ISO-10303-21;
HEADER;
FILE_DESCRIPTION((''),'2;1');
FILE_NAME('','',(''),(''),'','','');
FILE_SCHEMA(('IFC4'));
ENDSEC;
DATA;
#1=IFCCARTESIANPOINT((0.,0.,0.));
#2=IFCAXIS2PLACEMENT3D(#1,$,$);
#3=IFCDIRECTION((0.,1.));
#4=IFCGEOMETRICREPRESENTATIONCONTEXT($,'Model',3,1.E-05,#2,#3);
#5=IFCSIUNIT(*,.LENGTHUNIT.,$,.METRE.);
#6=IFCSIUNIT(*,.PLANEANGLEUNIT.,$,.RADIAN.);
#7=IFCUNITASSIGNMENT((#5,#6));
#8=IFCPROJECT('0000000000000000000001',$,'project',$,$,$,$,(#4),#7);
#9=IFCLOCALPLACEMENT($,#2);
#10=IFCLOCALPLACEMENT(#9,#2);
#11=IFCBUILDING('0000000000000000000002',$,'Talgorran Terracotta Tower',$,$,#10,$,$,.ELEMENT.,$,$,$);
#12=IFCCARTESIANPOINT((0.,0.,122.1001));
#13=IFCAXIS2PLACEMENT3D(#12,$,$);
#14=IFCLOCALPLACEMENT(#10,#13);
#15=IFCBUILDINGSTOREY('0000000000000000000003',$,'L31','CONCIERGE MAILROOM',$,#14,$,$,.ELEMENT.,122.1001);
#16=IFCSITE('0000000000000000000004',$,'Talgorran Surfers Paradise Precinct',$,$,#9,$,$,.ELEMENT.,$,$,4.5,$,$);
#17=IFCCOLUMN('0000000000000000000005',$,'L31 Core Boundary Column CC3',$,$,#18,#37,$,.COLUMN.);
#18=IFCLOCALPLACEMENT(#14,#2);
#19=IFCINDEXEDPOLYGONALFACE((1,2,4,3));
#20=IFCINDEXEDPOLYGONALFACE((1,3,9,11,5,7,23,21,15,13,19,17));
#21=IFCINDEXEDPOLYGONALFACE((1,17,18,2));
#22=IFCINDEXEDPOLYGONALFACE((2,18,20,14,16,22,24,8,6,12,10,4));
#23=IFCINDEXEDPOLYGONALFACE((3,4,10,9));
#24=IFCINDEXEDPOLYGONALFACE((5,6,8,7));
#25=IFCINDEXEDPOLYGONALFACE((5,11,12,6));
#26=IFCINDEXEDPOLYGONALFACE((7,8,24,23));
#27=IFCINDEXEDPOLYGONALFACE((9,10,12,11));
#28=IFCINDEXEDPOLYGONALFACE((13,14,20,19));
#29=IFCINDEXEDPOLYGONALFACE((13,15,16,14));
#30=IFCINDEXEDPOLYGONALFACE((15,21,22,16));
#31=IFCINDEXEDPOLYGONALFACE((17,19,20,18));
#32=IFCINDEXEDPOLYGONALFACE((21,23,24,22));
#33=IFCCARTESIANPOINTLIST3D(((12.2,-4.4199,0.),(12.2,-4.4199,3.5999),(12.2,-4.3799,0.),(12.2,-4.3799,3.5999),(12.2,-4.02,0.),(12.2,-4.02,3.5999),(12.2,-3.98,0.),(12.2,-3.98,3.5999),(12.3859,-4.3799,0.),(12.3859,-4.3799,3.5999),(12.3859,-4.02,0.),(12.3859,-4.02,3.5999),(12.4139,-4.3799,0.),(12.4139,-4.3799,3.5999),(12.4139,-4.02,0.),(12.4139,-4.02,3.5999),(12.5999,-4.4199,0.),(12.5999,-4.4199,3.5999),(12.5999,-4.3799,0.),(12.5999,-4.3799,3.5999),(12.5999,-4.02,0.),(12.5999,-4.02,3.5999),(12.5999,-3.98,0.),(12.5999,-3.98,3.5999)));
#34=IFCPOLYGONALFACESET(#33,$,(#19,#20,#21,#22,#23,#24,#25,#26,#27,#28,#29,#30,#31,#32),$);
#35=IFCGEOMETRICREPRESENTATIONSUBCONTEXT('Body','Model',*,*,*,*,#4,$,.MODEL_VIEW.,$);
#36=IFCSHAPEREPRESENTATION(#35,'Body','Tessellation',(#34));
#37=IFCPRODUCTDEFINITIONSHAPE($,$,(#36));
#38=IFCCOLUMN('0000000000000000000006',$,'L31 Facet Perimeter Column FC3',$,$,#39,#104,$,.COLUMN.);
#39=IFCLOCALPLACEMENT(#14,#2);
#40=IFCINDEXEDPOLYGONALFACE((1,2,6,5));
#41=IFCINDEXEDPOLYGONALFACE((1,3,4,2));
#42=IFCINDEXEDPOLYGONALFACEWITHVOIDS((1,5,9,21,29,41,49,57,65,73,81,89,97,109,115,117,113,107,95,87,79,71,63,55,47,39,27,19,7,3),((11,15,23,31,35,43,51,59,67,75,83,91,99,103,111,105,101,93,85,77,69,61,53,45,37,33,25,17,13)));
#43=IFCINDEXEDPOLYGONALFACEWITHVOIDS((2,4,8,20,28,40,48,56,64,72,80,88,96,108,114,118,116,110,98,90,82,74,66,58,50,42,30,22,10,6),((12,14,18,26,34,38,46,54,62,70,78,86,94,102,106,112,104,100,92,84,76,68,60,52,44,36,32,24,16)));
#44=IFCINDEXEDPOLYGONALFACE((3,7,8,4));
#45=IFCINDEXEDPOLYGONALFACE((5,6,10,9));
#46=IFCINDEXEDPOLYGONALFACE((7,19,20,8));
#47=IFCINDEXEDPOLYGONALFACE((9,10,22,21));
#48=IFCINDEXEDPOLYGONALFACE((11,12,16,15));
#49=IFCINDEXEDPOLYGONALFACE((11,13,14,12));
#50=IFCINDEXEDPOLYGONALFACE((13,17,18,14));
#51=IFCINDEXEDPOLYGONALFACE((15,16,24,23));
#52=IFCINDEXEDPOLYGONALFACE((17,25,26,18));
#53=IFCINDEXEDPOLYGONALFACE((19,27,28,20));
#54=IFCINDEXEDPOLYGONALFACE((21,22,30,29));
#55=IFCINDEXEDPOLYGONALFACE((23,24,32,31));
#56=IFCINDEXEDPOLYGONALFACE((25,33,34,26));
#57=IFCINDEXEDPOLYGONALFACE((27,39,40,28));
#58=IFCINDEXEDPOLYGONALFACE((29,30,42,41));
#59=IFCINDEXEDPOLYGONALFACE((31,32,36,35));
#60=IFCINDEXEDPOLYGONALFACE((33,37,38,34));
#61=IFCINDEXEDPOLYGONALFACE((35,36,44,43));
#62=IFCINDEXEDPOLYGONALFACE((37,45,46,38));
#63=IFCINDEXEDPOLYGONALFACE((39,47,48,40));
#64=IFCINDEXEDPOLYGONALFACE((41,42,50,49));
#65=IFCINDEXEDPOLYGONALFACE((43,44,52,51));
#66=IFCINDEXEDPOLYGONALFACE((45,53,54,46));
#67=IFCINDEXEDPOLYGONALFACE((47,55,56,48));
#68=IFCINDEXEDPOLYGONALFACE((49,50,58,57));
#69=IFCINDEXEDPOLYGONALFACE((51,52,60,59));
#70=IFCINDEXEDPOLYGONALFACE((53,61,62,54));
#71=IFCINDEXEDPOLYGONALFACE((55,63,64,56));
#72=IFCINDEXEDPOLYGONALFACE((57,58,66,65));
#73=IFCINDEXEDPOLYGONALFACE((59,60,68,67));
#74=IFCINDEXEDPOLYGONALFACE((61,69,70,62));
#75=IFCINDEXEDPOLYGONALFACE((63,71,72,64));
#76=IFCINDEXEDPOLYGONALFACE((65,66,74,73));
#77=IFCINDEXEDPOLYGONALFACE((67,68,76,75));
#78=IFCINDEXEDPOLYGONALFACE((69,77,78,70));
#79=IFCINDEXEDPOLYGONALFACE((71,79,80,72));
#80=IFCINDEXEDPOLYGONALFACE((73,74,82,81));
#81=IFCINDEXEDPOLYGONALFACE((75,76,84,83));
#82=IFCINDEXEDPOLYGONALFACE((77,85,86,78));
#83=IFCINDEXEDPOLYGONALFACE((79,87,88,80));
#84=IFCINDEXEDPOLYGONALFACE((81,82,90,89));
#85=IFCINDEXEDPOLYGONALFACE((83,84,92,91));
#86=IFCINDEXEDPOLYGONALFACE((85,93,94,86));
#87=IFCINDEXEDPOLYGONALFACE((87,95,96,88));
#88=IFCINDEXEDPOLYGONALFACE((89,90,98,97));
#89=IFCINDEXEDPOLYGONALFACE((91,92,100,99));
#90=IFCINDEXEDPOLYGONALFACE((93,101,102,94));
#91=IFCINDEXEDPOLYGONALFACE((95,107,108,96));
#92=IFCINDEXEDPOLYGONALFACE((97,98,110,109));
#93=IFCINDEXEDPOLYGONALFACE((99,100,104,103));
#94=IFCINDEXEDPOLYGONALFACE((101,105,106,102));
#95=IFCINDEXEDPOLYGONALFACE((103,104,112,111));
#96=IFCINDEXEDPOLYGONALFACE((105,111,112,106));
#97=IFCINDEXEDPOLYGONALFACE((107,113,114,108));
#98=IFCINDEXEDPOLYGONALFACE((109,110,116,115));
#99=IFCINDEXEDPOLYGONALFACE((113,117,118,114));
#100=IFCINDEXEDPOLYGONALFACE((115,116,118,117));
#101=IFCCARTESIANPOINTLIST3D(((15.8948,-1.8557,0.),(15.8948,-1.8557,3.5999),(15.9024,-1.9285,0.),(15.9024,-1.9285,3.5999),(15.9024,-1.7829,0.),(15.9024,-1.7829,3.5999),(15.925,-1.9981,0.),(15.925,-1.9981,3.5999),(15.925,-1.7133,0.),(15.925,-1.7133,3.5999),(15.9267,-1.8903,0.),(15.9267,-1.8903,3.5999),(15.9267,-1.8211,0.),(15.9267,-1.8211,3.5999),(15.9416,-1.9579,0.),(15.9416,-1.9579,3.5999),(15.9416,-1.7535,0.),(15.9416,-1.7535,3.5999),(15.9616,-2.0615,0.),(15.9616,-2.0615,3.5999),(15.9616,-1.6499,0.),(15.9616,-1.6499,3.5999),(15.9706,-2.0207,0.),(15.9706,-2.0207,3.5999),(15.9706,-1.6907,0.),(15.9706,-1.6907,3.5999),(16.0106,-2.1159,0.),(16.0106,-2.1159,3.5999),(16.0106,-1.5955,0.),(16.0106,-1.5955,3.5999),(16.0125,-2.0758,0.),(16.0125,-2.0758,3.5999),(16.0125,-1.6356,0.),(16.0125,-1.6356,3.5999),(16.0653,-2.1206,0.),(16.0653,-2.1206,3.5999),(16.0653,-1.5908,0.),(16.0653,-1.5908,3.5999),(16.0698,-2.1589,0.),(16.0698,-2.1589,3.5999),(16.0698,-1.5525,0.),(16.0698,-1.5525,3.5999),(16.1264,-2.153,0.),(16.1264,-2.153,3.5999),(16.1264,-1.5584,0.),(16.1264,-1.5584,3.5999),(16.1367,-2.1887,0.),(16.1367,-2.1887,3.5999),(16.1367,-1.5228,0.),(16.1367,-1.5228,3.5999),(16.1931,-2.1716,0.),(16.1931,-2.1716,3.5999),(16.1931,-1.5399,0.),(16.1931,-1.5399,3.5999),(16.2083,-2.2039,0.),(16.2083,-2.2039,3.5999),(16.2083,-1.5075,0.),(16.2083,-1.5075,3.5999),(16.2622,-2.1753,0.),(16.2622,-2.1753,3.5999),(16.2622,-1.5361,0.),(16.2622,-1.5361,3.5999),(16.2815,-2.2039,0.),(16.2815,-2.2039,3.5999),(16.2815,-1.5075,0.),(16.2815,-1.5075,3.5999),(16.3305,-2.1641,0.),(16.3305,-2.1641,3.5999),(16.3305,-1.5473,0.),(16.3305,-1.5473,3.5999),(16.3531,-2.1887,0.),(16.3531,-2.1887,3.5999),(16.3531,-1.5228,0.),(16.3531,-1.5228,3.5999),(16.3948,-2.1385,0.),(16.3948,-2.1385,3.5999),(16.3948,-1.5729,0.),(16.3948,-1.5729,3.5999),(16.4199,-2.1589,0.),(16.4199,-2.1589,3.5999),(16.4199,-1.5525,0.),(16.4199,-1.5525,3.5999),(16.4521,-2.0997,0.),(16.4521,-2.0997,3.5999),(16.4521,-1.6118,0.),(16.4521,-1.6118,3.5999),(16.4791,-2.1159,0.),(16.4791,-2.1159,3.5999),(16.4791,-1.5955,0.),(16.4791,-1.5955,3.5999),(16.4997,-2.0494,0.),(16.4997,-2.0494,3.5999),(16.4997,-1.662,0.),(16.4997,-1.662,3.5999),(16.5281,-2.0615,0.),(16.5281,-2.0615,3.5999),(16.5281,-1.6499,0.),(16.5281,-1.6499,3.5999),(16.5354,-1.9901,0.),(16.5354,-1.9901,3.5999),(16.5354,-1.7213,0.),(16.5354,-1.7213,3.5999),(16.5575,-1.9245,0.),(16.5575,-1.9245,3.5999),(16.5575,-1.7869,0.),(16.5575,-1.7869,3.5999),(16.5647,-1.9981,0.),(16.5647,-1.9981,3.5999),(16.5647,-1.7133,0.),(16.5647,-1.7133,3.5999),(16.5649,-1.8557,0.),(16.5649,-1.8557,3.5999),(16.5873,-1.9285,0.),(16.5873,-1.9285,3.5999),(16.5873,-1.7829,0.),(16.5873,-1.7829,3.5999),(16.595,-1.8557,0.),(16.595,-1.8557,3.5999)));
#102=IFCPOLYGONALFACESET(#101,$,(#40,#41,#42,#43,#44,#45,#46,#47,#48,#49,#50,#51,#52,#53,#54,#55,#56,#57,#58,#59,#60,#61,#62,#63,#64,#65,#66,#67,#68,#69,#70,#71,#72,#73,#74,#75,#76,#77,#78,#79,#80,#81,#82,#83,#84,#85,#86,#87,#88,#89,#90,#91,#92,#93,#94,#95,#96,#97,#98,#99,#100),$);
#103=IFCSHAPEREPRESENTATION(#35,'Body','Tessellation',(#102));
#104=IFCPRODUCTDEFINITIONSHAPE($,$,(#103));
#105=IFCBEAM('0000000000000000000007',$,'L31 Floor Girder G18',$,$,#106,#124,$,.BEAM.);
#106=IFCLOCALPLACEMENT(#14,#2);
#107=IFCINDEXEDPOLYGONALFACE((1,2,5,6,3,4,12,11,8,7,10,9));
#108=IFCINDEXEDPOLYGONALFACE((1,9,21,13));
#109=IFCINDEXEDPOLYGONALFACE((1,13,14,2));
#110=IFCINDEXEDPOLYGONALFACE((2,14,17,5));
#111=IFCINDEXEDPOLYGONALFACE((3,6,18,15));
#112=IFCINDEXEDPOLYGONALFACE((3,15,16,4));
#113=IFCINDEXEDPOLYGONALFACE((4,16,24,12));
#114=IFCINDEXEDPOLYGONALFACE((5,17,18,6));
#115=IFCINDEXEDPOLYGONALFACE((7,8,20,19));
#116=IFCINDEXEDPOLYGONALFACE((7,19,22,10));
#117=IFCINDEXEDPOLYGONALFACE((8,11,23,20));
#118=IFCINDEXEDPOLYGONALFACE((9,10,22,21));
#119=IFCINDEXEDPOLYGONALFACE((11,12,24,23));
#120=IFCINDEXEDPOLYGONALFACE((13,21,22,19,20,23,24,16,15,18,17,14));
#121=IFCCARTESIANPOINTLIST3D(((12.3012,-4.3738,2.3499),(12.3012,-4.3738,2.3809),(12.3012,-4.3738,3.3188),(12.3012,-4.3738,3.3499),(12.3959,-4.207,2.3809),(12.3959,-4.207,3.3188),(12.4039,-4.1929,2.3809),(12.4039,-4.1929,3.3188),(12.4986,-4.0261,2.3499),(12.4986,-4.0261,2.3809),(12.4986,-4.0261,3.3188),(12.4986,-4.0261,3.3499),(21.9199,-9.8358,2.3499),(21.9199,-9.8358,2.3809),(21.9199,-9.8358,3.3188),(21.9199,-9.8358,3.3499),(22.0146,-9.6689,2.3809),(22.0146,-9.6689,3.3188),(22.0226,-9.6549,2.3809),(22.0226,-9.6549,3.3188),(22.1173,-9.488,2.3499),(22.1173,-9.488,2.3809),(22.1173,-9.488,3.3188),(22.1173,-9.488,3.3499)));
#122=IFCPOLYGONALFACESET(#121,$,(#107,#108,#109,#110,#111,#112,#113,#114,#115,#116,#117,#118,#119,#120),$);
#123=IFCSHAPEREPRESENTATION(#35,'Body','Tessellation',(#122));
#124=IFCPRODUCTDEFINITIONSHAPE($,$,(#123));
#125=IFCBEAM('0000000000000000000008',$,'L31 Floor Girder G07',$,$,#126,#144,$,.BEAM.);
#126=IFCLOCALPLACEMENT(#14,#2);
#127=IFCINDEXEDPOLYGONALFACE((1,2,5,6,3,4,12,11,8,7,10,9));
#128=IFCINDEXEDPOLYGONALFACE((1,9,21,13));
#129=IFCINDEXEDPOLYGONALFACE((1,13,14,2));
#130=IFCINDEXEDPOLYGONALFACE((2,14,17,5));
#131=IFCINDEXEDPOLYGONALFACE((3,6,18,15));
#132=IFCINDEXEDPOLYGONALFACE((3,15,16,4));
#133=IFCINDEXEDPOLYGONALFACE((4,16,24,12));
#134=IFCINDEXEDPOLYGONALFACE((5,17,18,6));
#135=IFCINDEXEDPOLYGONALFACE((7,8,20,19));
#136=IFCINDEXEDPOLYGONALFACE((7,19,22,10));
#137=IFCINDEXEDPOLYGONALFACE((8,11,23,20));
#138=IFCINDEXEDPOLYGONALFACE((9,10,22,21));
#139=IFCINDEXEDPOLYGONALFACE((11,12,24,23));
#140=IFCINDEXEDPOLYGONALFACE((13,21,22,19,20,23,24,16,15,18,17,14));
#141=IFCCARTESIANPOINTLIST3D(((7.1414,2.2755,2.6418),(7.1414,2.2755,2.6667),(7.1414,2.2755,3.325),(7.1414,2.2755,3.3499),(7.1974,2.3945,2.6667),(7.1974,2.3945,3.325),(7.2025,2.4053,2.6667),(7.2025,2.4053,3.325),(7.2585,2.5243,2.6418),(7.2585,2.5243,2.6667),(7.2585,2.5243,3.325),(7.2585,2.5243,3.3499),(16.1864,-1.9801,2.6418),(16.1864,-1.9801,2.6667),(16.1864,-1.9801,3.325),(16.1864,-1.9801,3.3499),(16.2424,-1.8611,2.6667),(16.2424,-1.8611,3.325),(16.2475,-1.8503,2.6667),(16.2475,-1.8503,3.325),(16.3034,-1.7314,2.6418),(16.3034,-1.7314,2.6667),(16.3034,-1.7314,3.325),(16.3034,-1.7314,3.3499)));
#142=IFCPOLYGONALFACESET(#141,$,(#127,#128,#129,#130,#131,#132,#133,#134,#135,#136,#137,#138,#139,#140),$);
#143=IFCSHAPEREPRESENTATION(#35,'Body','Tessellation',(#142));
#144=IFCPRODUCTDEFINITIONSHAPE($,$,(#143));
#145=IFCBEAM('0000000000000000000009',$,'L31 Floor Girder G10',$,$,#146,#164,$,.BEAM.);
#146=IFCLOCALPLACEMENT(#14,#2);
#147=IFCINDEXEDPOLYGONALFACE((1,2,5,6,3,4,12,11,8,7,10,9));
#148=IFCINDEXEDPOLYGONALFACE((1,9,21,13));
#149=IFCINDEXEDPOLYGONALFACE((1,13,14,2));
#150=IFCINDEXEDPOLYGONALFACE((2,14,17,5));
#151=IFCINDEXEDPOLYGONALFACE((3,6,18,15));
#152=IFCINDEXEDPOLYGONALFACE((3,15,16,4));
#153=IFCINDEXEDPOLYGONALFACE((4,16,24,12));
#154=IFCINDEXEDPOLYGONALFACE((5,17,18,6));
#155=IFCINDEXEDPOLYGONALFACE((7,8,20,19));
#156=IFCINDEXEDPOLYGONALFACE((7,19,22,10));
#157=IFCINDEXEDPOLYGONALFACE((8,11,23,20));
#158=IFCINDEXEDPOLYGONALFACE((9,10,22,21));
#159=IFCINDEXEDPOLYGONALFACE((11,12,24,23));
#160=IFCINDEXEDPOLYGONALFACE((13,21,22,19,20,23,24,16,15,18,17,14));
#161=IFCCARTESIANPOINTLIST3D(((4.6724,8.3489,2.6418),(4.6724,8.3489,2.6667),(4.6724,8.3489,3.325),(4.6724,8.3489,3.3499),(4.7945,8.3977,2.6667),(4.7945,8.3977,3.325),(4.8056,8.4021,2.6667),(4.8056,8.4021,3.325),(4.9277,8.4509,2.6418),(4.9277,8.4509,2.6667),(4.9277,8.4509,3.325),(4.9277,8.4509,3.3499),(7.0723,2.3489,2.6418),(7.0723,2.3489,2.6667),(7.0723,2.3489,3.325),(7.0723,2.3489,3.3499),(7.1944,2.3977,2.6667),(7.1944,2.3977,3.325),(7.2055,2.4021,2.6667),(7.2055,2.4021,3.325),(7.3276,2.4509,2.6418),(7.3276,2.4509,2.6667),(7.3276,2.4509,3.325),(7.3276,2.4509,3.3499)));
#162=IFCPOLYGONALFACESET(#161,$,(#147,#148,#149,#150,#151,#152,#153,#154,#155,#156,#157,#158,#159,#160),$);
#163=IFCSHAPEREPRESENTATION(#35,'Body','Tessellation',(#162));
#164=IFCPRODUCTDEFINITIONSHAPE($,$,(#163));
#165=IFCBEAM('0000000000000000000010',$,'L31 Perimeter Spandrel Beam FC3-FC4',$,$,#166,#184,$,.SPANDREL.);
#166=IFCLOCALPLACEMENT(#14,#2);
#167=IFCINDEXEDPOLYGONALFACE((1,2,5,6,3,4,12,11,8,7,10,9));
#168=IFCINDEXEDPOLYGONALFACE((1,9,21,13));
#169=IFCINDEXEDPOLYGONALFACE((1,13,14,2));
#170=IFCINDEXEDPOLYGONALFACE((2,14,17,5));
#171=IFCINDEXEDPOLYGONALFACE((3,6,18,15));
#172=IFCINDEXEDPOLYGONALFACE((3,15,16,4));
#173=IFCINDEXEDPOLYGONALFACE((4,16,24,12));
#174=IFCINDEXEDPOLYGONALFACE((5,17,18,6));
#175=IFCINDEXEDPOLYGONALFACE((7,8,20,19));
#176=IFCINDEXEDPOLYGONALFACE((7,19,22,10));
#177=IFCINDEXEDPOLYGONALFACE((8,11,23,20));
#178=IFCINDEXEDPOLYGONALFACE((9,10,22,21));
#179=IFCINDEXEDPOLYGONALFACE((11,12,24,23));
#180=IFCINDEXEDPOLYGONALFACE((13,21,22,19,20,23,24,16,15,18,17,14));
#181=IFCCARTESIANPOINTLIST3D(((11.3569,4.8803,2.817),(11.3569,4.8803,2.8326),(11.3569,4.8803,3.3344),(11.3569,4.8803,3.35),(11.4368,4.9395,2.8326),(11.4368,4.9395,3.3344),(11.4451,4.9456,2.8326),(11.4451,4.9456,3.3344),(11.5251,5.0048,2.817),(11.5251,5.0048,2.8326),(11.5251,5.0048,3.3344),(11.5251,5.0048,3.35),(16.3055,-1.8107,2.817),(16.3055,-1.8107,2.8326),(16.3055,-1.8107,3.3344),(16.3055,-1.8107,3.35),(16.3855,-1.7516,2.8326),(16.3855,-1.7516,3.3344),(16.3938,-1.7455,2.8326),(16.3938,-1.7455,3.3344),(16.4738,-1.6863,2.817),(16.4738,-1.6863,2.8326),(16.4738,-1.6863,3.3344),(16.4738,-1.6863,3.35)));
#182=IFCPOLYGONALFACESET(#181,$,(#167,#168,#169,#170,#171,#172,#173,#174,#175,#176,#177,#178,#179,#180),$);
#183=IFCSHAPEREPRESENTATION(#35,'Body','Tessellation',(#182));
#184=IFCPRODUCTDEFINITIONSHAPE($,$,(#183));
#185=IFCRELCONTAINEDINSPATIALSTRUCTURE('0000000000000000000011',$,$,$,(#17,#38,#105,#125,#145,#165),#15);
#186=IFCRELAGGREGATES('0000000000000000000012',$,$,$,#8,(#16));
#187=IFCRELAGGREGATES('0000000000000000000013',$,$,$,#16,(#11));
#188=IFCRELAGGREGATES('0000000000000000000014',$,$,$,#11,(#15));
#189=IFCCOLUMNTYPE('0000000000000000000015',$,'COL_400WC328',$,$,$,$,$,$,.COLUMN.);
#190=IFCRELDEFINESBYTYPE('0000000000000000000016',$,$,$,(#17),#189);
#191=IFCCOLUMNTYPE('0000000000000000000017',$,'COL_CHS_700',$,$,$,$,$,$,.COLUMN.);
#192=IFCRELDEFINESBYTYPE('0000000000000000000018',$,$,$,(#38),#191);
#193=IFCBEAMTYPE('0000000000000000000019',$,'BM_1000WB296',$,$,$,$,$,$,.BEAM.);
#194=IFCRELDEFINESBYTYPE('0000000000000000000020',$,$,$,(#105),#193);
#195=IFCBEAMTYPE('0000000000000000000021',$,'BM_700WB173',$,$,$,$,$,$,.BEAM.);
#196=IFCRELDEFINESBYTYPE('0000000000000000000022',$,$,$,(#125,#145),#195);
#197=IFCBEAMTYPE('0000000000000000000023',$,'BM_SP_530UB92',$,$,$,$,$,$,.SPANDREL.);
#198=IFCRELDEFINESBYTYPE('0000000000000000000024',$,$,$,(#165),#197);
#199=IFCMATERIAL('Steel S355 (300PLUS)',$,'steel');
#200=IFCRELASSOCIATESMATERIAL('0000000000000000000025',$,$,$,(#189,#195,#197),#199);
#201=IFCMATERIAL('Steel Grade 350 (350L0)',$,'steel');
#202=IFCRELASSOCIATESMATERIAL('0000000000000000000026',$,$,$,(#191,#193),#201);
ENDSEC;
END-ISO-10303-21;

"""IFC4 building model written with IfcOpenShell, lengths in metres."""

from ifc_helpers import new_model, si_unit, direction, frame, origin, origin_2d, place, context, subcontext, project, spatial, hollow_circle, i_section, extrude, material, material_profile, profile_set, type_object, element, save


model = new_model("IFC4")

# Units and contexts
model_context = context("Model", 3, precision=1e-05, world=origin(), true_north=direction((0.0, 1.0)))
body_context = subcontext(model_context, "Body", "Model", "MODEL_VIEW")
ifc_project = project(units=[si_unit("LENGTHUNIT", "METRE"), si_unit("PLANEANGLEUNIT", "RADIAN")], contexts=[model_context])

# Site, building, storey
site_placement = place(None, origin())
site = spatial("IfcSite", under=ifc_project, at=site_placement, Name="Talgorran Surfers Paradise Precinct", CompositionType="ELEMENT", RefElevation=4.5)
building_placement = place(site_placement, origin())
building = spatial("IfcBuilding", under=site, at=building_placement, Name="Talgorran Terracotta Tower", CompositionType="ELEMENT")
storey_placement = place(building_placement, frame((0.0, 0.0, 122.1001)))
storey = spatial("IfcBuildingStorey", under=building, at=storey_placement, Name="L31", Description="CONCIERGE MAILROOM", CompositionType="ELEMENT", Elevation=122.1001)

# Columns
ifc_material_1 = material(Name="Steel S355 (300PLUS)", Category="steel")
ifc_material_profile_1 = material_profile(ifc_material_1, i_section(OverallWidth=0.3999, OverallDepth=0.4399, WebThickness=0.0281, FlangeThickness=0.04, at=origin_2d()), Name="400WC328")
ifc_profile_set_1 = profile_set([ifc_material_profile_1], Name="Steel S355 (300PLUS)")
column_type_1 = type_object("IfcColumnType", Name="COL_400WC328", PredefinedType="COLUMN", material=ifc_profile_set_1)
column_1_placement = place(storey_placement, frame((12.3999, -4.2, 0.0), z_axis=(0.0, 0.0, 1.0), x_axis=(1.0, 0.0, 0.0)))
element("IfcColumn", 1, at=column_1_placement, inside=storey, type_object=column_type_1, Name="L31 Core Boundary Column CC3", PredefinedType="COLUMN", context=body_context, shape_type="SweptSolid", body=[
    extrude(i_section(OverallWidth=0.3999, OverallDepth=0.4399, WebThickness=0.0281, FlangeThickness=0.04, at=origin_2d()), origin(), (0.0, 0.0, 1.0), 3.5999),
])
ifc_material_2 = material(Name="Steel Grade 350 (350L0)", Category="steel")
ifc_material_profile_2 = material_profile(ifc_material_2, hollow_circle(Radius=0.3501, WallThickness=0.03, at=origin_2d()), Name="CHS700X30")
ifc_profile_set_2 = profile_set([ifc_material_profile_2], Name="Steel Grade 350 (350L0)")
column_type_2 = type_object("IfcColumnType", Name="COL_CHS_700", PredefinedType="COLUMN", material=ifc_profile_set_2)
column_2_placement = place(storey_placement, frame((16.2449, -1.8557, 0.0), z_axis=(0.0, 0.0, 1.0), x_axis=(1.0, 0.0, 0.0)))
element("IfcColumn", 2, at=column_2_placement, inside=storey, type_object=column_type_2, Name="L31 Facet Perimeter Column FC3", PredefinedType="COLUMN", context=body_context, shape_type="SweptSolid", body=[
    extrude(hollow_circle(Radius=0.3501, WallThickness=0.03, at=origin_2d()), origin(), (0.0, 0.0, 1.0), 3.5999),
])

# Beams
ifc_material_profile_3 = material_profile(ifc_material_2, i_section(OverallWidth=0.3999, OverallDepth=1.0, WebThickness=0.0161, FlangeThickness=0.031, at=origin_2d()), Name="1000WB296")
ifc_profile_set_3 = profile_set([ifc_material_profile_3], Name="Steel Grade 350 (350L0)")
beam_type_1 = type_object("IfcBeamType", Name="BM_1000WB296", PredefinedType="BEAM", material=ifc_profile_set_3)
beam_1_placement = place(storey_placement, frame((12.3999, -4.2, 2.8499), z_axis=(0.869582, -0.493789, 0.0), x_axis=(0.493789, 0.869582, 0.0)))
element("IfcBeam", 3, at=beam_1_placement, inside=storey, type_object=beam_type_1, Name="L31 Floor Girder G18", PredefinedType="BEAM", context=body_context, shape_type="SweptSolid", body=[
    extrude(i_section(OverallWidth=0.3999, OverallDepth=1.0, WebThickness=0.0161, FlangeThickness=0.031, at=origin_2d()), origin(), (0.0, 0.0, 1.0), 11.0613),
])
ifc_material_profile_4 = material_profile(ifc_material_1, i_section(OverallWidth=0.2749, OverallDepth=0.708, WebThickness=0.012, FlangeThickness=0.0249, at=origin_2d()), Name="700WB173")
ifc_profile_set_4 = profile_set([ifc_material_profile_4], Name="Steel S355 (300PLUS)")
beam_type_2 = type_object("IfcBeamType", Name="BM_700WB173", PredefinedType="BEAM", material=ifc_profile_set_4)
beam_2_placement = place(storey_placement, frame((7.2, 2.3999, 2.9958), z_axis=(0.90485, -0.42573, 0.0), x_axis=(0.42573, 0.90485, 0.0)))
element("IfcBeam", 4, at=beam_2_placement, inside=storey, type_object=beam_type_2, Name="L31 Floor Girder G07", PredefinedType="BEAM", context=body_context, shape_type="SweptSolid", body=[
    extrude(i_section(OverallWidth=0.2749, OverallDepth=0.708, WebThickness=0.012, FlangeThickness=0.0249, at=origin_2d()), origin(), (0.0, 0.0, 1.0), 9.9961),
])
beam_3_placement = place(storey_placement, frame((7.2, 2.3999, 2.9958), z_axis=(-0.371378, 0.928482, 0.0), x_axis=(-0.928482, -0.371378, 0.0)))
element("IfcBeam", 5, at=beam_3_placement, inside=storey, type_object=beam_type_2, Name="L31 Floor Girder G10", PredefinedType="BEAM", context=body_context, shape_type="SweptSolid", body=[
    extrude(i_section(OverallWidth=0.2749, OverallDepth=0.708, WebThickness=0.012, FlangeThickness=0.0249, at=origin_2d()), origin(), (0.0, 0.0, 1.0), 6.4622),
])
ifc_material_profile_5 = material_profile(ifc_material_1, i_section(OverallWidth=0.2092, OverallDepth=0.533, WebThickness=0.0103, FlangeThickness=0.0156, at=origin_2d()), Name="530UB92.4")
ifc_profile_set_5 = profile_set([ifc_material_profile_5], Name="Steel S355 (300PLUS)")
beam_type_3 = type_object("IfcBeamType", Name="BM_SP_530UB92", PredefinedType="SPANDREL", material=ifc_profile_set_5)
beam_4_placement = place(storey_placement, frame((16.3896, -1.7485, 3.0835), z_axis=(-0.594631, 0.803999, 0.0), x_axis=(-0.803999, -0.594631, 0.0)))
element("IfcBeam", 6, at=beam_4_placement, inside=storey, type_object=beam_type_3, Name="L31 Perimeter Spandrel Beam FC3-FC4", PredefinedType="SPANDREL", context=body_context, shape_type="SweptSolid", body=[
    extrude(i_section(OverallWidth=0.2092, OverallDepth=0.533, WebThickness=0.0103, FlangeThickness=0.0156, at=origin_2d()), origin(), (0.0, 0.0, 1.0), 8.3223),
])

save(model, "model.ifc")
